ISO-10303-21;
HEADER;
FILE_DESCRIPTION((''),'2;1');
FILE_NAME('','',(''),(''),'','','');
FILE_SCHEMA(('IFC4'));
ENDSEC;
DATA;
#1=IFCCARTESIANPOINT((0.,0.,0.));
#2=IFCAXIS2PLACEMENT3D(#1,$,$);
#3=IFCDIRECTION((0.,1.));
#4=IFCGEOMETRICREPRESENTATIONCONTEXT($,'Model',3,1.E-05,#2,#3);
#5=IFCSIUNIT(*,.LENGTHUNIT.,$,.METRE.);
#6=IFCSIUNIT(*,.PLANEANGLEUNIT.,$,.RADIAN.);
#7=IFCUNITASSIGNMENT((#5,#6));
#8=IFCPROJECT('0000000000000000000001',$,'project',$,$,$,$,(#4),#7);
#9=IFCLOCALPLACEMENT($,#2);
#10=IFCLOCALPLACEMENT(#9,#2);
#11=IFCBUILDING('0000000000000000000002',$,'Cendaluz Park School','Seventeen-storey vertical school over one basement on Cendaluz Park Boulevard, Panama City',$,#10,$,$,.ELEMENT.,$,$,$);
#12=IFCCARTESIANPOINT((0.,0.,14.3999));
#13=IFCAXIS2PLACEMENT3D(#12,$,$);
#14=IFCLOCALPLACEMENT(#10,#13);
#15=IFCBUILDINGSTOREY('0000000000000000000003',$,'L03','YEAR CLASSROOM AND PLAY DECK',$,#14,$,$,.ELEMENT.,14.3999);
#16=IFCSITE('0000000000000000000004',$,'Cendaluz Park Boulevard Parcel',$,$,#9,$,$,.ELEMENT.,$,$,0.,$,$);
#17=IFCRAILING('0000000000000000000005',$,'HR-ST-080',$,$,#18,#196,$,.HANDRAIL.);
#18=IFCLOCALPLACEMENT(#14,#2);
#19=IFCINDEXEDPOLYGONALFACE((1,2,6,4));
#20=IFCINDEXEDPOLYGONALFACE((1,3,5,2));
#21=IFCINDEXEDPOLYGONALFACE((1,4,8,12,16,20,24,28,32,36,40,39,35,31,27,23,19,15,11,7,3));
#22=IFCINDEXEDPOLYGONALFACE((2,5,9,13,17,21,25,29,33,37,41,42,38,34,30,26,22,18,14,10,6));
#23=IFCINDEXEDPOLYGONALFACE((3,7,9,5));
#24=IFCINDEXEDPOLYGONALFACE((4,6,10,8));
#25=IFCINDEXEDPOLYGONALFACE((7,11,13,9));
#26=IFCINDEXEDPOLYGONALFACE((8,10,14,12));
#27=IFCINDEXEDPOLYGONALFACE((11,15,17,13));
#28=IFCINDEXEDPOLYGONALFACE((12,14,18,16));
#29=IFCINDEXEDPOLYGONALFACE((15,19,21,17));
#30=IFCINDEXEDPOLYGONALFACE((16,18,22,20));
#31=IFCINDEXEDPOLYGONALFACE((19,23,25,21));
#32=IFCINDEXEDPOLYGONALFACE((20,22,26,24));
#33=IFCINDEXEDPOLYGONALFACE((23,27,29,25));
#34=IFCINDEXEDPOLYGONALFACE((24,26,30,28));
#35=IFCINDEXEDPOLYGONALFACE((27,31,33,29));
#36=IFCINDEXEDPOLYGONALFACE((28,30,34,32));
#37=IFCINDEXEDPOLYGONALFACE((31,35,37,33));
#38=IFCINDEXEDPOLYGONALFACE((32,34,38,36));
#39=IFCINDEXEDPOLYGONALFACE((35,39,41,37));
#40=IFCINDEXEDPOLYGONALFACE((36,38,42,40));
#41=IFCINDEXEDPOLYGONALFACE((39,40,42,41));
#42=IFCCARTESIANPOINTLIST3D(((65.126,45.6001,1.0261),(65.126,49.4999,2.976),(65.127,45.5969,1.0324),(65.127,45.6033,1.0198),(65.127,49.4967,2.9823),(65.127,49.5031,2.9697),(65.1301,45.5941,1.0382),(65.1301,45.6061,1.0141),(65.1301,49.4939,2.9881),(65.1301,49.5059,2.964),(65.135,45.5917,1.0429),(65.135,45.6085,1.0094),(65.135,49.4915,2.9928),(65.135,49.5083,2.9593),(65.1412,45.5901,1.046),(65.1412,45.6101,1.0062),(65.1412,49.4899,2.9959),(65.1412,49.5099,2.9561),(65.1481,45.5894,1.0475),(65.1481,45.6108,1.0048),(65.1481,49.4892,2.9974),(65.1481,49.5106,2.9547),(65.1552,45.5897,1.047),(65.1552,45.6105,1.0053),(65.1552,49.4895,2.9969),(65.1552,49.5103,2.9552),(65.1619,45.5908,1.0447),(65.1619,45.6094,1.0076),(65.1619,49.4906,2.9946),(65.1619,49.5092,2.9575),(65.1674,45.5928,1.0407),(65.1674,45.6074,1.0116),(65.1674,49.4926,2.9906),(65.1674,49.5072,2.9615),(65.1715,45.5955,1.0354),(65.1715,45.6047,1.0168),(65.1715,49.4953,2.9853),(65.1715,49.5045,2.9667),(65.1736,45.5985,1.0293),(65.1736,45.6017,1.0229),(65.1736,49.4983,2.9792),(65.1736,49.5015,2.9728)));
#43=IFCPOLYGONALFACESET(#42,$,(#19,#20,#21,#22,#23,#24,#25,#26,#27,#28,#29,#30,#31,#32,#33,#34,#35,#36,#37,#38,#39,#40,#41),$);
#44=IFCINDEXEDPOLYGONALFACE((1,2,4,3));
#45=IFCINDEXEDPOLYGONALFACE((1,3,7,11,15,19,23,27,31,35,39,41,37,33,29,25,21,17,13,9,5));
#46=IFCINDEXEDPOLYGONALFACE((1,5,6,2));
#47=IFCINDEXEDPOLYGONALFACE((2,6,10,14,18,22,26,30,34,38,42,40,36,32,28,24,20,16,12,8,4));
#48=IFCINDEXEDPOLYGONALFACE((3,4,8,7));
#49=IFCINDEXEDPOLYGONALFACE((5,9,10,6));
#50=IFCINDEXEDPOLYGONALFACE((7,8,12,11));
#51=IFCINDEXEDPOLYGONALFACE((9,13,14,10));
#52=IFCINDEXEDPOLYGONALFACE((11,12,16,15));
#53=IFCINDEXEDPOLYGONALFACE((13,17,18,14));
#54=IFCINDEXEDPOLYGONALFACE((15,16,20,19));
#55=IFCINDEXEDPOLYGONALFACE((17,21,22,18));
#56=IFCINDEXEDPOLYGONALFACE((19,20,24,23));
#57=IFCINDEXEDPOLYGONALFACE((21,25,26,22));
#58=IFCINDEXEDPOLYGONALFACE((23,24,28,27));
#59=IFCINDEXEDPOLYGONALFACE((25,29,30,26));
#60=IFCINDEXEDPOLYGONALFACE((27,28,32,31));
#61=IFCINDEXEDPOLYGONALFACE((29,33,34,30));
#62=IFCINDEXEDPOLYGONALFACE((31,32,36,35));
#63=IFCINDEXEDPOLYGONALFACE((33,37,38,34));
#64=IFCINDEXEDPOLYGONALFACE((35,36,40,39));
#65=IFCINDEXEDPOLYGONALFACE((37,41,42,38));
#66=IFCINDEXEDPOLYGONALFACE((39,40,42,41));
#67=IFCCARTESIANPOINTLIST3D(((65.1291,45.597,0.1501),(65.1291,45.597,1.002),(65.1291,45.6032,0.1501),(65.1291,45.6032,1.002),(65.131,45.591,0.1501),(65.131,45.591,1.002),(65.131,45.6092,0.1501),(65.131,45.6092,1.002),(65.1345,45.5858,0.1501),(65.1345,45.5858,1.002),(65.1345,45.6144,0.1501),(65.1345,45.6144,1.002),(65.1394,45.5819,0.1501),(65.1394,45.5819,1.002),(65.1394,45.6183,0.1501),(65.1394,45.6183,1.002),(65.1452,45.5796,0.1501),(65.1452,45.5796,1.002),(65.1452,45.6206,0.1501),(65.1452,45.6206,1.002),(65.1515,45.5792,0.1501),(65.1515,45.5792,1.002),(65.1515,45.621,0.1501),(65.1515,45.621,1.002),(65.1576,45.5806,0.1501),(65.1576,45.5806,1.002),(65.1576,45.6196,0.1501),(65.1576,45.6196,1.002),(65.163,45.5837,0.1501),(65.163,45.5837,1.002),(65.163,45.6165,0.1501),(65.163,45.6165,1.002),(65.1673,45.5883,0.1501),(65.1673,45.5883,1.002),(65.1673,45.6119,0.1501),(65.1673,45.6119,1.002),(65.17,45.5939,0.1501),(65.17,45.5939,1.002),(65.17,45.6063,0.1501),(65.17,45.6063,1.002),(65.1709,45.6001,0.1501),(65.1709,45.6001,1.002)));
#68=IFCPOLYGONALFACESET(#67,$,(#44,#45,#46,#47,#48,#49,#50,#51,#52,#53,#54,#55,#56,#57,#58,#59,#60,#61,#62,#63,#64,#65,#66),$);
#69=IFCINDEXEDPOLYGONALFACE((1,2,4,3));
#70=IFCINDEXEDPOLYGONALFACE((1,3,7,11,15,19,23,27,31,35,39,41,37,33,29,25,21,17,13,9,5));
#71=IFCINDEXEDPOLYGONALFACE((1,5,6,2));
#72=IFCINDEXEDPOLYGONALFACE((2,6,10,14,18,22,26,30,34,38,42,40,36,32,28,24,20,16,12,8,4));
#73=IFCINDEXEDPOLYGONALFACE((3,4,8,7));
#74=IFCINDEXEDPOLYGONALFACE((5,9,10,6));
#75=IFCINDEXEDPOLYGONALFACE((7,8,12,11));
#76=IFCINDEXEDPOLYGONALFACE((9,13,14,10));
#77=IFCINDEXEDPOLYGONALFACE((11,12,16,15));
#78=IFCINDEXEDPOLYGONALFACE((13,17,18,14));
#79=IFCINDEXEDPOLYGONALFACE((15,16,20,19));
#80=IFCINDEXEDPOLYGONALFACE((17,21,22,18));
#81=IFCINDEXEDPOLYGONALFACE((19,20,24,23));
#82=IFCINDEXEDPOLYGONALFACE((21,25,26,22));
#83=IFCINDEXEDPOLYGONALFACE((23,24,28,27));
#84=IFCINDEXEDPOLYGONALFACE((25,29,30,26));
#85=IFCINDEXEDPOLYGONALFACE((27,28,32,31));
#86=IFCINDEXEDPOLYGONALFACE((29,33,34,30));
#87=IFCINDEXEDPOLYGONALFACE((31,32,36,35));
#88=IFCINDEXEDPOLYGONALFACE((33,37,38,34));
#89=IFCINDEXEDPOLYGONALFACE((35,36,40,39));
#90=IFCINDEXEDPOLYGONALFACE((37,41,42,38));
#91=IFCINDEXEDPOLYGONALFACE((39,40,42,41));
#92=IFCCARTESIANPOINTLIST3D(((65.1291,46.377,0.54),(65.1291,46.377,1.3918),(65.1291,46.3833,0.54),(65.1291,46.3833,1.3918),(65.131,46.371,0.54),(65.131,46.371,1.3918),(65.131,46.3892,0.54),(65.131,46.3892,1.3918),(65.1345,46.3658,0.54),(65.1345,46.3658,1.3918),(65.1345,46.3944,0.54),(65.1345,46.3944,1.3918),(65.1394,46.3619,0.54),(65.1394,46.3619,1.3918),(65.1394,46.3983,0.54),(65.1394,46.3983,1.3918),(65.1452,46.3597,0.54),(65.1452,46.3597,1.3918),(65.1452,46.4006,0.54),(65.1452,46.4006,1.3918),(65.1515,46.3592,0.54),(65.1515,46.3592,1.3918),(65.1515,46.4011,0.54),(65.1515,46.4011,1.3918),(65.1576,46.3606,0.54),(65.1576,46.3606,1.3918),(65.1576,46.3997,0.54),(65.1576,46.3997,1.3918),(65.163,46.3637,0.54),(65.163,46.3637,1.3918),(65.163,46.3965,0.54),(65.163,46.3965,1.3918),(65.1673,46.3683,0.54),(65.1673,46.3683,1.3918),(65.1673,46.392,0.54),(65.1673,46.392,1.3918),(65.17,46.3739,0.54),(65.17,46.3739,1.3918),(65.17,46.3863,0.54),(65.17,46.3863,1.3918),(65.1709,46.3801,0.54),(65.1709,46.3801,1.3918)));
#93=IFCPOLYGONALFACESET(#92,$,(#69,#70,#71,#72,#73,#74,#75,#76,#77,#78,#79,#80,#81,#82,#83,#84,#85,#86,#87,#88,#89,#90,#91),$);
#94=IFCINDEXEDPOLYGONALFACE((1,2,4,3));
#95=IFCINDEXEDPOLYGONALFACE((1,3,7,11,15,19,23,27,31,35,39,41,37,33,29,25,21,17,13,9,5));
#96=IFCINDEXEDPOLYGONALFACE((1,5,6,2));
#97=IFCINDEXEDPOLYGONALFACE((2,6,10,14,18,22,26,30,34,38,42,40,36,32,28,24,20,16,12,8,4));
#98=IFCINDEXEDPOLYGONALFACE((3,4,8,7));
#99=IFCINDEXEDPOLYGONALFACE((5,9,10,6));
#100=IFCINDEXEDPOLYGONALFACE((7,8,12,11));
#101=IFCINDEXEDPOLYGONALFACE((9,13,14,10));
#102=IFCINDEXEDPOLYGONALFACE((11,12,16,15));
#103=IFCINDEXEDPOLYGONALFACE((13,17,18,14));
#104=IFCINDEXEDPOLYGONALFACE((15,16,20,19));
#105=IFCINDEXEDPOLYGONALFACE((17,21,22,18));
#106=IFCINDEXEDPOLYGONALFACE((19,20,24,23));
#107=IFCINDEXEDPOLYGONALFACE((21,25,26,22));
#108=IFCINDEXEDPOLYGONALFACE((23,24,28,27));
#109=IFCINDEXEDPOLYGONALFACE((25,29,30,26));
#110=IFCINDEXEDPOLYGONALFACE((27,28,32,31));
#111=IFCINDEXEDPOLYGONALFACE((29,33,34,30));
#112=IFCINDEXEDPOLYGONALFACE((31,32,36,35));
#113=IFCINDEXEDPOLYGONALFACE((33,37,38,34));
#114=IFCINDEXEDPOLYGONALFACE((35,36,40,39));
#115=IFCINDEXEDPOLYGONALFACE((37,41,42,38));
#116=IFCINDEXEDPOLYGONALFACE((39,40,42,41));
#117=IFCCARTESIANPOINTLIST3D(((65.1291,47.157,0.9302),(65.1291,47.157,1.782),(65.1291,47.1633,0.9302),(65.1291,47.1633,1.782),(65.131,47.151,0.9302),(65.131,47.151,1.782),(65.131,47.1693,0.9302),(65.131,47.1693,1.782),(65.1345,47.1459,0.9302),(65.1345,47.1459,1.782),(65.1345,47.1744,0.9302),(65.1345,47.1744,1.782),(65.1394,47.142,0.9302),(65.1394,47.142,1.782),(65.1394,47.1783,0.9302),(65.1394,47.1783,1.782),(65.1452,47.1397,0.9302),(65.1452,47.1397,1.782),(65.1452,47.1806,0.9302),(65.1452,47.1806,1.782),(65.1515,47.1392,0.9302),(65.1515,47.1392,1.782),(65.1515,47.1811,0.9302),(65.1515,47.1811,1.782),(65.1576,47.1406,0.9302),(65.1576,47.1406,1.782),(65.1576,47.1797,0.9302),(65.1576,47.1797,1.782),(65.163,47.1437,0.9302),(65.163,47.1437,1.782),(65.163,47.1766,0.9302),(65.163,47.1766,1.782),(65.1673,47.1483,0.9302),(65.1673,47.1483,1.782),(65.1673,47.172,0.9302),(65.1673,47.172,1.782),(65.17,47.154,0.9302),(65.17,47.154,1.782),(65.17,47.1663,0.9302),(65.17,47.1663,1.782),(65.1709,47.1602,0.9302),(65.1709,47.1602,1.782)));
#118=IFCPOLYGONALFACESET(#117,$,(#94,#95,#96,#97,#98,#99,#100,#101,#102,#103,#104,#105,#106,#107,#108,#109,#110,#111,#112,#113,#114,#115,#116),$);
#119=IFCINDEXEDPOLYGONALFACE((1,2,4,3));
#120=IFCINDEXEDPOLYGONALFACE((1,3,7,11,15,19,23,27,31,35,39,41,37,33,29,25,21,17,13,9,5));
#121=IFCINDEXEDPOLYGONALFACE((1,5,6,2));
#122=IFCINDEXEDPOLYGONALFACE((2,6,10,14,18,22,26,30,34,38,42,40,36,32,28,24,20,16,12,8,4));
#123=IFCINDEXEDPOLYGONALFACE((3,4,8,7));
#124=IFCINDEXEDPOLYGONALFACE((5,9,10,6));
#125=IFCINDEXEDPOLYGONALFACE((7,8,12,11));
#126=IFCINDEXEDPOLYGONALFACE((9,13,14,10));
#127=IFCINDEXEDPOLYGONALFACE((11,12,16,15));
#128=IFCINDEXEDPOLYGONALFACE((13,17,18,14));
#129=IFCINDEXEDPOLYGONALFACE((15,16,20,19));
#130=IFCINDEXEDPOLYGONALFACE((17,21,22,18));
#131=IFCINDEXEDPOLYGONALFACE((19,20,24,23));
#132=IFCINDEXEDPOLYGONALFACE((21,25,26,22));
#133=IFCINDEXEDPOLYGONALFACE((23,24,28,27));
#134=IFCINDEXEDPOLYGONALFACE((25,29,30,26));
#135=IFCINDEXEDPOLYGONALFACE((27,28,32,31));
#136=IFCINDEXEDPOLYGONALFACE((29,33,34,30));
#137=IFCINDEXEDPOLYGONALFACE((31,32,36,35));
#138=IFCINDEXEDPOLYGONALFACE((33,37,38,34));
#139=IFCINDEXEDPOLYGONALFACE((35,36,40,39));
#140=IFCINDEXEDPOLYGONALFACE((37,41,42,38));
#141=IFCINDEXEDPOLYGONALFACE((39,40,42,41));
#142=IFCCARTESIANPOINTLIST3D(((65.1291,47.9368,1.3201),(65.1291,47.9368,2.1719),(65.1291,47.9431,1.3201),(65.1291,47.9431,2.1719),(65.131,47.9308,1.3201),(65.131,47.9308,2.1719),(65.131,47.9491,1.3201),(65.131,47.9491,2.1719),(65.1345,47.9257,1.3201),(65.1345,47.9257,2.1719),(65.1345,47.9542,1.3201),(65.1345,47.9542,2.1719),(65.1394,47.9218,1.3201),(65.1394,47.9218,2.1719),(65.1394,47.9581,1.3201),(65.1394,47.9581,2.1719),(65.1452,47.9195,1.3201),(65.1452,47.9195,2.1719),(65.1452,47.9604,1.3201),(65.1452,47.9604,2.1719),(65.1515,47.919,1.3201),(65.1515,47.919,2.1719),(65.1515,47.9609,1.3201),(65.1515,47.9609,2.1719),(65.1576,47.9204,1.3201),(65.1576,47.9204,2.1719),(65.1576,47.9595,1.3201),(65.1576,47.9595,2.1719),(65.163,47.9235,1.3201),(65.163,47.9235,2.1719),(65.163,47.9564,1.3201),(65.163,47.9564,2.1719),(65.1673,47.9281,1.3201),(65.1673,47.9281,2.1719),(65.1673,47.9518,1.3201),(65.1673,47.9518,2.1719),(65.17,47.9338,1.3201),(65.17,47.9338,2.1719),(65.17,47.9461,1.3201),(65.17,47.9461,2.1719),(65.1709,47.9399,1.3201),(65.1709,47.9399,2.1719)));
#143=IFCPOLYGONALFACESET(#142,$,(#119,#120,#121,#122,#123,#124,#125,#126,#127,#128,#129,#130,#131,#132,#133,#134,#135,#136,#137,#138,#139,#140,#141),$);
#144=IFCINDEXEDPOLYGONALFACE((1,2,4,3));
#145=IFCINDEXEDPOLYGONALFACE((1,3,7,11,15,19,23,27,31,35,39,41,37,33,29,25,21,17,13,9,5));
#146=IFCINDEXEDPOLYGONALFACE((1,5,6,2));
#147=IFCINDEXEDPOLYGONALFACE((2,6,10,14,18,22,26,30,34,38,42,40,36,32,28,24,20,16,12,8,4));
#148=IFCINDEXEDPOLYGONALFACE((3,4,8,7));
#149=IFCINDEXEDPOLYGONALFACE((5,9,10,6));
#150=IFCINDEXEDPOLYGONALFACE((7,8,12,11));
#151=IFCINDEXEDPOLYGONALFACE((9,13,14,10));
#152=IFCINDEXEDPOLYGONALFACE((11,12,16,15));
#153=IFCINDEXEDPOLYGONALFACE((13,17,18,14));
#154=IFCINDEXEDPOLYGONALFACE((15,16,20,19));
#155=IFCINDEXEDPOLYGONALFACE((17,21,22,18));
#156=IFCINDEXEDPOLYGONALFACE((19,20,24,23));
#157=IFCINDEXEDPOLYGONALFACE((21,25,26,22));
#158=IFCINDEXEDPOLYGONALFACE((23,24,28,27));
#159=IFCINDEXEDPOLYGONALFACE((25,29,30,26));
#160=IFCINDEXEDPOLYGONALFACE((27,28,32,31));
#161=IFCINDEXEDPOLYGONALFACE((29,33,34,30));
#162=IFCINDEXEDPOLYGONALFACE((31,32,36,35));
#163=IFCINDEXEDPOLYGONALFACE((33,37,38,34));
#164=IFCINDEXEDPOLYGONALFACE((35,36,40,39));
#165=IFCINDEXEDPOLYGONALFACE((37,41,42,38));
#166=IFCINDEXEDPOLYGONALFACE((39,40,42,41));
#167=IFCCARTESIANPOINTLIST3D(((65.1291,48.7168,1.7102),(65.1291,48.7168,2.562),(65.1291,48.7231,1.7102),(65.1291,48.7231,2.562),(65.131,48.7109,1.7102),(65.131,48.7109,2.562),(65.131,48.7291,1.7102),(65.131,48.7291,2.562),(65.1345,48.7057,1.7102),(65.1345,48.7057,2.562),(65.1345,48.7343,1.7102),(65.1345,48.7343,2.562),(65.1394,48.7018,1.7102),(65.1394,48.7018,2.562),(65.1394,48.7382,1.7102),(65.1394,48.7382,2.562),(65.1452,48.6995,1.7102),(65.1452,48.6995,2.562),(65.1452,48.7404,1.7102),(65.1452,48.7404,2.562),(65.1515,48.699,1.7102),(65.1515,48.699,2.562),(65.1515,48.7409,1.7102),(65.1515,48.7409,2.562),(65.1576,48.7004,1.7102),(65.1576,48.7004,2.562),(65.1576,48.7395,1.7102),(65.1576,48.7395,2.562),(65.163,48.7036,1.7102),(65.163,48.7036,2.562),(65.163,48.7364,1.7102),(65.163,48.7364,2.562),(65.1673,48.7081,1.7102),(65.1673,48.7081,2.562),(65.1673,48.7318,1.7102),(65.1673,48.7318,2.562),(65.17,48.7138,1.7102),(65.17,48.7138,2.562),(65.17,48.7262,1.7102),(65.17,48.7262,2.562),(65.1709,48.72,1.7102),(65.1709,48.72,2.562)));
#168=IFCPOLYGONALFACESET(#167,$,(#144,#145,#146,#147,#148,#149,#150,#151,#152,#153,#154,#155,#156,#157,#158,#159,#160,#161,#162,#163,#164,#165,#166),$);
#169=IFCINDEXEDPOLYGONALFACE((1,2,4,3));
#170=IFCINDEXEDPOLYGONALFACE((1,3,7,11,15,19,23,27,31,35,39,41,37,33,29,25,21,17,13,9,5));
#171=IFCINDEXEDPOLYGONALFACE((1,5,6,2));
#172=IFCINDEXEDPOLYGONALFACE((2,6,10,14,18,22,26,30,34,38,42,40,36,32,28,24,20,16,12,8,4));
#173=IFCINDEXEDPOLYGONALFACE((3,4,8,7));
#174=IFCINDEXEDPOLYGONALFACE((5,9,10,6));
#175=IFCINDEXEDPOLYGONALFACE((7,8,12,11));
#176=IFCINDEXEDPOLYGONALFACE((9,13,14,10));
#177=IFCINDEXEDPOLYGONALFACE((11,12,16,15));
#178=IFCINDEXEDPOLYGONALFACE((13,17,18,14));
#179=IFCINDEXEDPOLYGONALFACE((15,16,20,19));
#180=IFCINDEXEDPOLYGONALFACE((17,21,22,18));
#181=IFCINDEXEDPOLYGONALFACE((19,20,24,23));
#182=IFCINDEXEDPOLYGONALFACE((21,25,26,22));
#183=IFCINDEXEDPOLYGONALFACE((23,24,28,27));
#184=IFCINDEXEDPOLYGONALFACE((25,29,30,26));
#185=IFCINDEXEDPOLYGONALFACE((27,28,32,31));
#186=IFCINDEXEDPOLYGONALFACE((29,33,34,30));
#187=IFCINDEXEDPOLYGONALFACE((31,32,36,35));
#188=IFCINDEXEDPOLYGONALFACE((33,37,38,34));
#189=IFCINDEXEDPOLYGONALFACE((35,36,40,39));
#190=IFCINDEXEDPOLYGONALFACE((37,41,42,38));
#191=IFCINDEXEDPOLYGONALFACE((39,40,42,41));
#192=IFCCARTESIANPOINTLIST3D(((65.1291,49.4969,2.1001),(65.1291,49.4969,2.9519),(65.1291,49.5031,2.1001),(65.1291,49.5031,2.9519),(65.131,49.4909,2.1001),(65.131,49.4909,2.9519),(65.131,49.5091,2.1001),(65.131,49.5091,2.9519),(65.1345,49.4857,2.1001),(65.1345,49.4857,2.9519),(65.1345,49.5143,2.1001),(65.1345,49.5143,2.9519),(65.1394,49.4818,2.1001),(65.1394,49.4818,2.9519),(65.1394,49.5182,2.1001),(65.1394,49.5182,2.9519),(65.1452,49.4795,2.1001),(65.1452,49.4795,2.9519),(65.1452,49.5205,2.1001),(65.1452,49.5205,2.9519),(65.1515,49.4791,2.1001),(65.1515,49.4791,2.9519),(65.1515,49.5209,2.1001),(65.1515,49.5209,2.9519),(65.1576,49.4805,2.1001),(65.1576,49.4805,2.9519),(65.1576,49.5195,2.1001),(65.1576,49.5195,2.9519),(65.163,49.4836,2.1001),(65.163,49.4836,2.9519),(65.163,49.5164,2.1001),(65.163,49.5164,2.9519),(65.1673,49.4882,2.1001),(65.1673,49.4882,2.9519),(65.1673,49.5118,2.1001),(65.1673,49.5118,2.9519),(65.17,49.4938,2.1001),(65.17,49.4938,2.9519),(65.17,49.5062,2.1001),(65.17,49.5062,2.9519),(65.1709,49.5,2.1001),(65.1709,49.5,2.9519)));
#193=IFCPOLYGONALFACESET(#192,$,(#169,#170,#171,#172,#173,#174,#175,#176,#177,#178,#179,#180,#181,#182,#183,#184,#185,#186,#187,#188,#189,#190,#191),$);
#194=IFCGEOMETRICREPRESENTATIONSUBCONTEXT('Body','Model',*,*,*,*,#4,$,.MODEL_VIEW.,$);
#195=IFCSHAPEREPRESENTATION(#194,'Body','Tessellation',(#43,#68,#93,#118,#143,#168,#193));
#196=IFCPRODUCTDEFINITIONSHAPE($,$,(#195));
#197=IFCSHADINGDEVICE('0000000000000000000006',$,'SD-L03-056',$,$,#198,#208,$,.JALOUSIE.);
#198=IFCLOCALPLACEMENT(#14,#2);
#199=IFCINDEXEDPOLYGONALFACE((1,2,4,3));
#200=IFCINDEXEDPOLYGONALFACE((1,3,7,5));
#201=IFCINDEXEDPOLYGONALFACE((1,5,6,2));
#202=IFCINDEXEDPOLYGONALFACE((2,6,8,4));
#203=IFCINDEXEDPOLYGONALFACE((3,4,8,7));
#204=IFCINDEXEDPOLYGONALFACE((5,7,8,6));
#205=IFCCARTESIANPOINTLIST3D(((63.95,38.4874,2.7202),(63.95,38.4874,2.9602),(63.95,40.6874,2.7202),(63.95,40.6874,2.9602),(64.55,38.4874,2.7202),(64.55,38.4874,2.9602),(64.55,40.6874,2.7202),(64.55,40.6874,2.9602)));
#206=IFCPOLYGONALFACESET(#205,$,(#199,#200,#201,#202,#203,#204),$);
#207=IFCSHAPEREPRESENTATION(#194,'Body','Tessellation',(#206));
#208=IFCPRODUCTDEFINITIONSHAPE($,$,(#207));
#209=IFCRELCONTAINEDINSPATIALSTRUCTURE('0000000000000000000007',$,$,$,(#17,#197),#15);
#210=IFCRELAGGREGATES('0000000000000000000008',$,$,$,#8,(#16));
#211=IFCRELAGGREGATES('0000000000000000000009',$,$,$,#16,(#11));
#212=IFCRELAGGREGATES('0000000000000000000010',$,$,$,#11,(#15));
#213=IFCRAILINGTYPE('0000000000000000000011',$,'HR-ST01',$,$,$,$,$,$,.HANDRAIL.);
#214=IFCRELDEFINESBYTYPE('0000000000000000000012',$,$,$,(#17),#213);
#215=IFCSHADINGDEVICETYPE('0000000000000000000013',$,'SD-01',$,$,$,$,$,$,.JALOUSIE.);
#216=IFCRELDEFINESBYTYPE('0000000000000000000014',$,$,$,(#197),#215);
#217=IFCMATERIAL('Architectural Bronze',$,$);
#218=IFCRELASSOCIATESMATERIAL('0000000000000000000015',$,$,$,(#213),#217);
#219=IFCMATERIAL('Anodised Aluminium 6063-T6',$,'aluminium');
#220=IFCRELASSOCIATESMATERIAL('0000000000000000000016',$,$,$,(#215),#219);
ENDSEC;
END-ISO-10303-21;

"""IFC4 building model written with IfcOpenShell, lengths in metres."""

from ifc_helpers import new_model, si_unit, direction, frame, origin, origin_2d, place, context, subcontext, project, spatial, rectangle, circle, extrude, material, type_object, element, save


model = new_model("IFC4")

# Units and contexts
model_context = context("Model", 3, precision=1e-05, world=origin(), true_north=direction((0.0, 1.0)))
body_context = subcontext(model_context, "Body", "Model", "MODEL_VIEW")
ifc_project = project(units=[si_unit("LENGTHUNIT", "METRE"), si_unit("PLANEANGLEUNIT", "RADIAN")], contexts=[model_context])

# Site, building, storey
site_placement = place(None, origin())
site = spatial("IfcSite", under=ifc_project, at=site_placement, Name="Cendaluz Park Boulevard Parcel", CompositionType="ELEMENT", RefElevation=0.0)
building_placement = place(site_placement, origin())
building = spatial("IfcBuilding", under=site, at=building_placement, Name="Cendaluz Park School", Description="Seventeen-storey vertical school over one basement on Cendaluz Park Boulevard, Panama City", CompositionType="ELEMENT")
storey_placement = place(building_placement, frame((0.0, 0.0, 14.3999)))
storey = spatial("IfcBuildingStorey", under=building, at=storey_placement, Name="L03", Description="YEAR CLASSROOM AND PLAY DECK", CompositionType="ELEMENT", Elevation=14.3999)

# Railing
ifc_material_1 = material(Name="Architectural Bronze")
railing_type_1 = type_object("IfcRailingType", Name="HR-ST01", PredefinedType="HANDRAIL", material=ifc_material_1)
railing_1_placement = place(storey_placement, frame((65.1499, 45.6001, 0.1501)))
element("IfcRailing", 1, at=railing_1_placement, inside=storey, type_object=railing_type_1, Name="HR-ST-080", PredefinedType="HANDRAIL", context=body_context, shape_type="SweptSolid", body=[
    extrude(circle(Radius=0.0239, at=origin_2d()), frame((0.0, 0.0, 0.876), z_axis=(0.0, 0.894427, 0.447214), x_axis=(-1.0, 0.0, 0.0)), (0.0, 0.0, 1.0), 4.3601),
    extrude(circle(Radius=0.021, at=origin_2d()), origin(), (0.0, 0.0, 1.0), 0.8518),
    extrude(circle(Radius=0.021, at=origin_2d()), frame((0.0, 0.78, 0.3899)), (0.0, 0.0, 1.0), 0.8518),
    extrude(circle(Radius=0.021, at=origin_2d()), frame((0.0, 1.5601, 0.78)), (0.0, 0.0, 1.0), 0.8518),
    extrude(circle(Radius=0.021, at=origin_2d()), frame((0.0, 2.3398, 1.1699)), (0.0, 0.0, 1.0), 0.8518),
    extrude(circle(Radius=0.021, at=origin_2d()), frame((0.0, 3.1199, 1.5601)), (0.0, 0.0, 1.0), 0.8518),
    extrude(circle(Radius=0.021, at=origin_2d()), frame((0.0, 3.8999, 1.95)), (0.0, 0.0, 1.0), 0.8518),
])

# Shading device
ifc_material_2 = material(Name="Anodised Aluminium 6063-T6", Category="aluminium")
shading_device_type = type_object("IfcShadingDeviceType", Name="SD-01", PredefinedType="JALOUSIE", material=ifc_material_2)
shading_device_placement = place(storey_placement, frame((64.25, 39.5874, 2.7202), z_axis=(0.0, 0.0, 1.0), x_axis=(0.0, 1.0, 0.0)))
element("IfcShadingDevice", 2, at=shading_device_placement, inside=storey, type_object=shading_device_type, Name="SD-L03-056", PredefinedType="JALOUSIE", context=body_context, shape_type="SweptSolid", body=[
    extrude(rectangle(XDim=2.2, YDim=0.6001, at=origin_2d()), origin(), (0.0, 0.0, 1.0), 0.24),
])

save(model, "model.ifc")
